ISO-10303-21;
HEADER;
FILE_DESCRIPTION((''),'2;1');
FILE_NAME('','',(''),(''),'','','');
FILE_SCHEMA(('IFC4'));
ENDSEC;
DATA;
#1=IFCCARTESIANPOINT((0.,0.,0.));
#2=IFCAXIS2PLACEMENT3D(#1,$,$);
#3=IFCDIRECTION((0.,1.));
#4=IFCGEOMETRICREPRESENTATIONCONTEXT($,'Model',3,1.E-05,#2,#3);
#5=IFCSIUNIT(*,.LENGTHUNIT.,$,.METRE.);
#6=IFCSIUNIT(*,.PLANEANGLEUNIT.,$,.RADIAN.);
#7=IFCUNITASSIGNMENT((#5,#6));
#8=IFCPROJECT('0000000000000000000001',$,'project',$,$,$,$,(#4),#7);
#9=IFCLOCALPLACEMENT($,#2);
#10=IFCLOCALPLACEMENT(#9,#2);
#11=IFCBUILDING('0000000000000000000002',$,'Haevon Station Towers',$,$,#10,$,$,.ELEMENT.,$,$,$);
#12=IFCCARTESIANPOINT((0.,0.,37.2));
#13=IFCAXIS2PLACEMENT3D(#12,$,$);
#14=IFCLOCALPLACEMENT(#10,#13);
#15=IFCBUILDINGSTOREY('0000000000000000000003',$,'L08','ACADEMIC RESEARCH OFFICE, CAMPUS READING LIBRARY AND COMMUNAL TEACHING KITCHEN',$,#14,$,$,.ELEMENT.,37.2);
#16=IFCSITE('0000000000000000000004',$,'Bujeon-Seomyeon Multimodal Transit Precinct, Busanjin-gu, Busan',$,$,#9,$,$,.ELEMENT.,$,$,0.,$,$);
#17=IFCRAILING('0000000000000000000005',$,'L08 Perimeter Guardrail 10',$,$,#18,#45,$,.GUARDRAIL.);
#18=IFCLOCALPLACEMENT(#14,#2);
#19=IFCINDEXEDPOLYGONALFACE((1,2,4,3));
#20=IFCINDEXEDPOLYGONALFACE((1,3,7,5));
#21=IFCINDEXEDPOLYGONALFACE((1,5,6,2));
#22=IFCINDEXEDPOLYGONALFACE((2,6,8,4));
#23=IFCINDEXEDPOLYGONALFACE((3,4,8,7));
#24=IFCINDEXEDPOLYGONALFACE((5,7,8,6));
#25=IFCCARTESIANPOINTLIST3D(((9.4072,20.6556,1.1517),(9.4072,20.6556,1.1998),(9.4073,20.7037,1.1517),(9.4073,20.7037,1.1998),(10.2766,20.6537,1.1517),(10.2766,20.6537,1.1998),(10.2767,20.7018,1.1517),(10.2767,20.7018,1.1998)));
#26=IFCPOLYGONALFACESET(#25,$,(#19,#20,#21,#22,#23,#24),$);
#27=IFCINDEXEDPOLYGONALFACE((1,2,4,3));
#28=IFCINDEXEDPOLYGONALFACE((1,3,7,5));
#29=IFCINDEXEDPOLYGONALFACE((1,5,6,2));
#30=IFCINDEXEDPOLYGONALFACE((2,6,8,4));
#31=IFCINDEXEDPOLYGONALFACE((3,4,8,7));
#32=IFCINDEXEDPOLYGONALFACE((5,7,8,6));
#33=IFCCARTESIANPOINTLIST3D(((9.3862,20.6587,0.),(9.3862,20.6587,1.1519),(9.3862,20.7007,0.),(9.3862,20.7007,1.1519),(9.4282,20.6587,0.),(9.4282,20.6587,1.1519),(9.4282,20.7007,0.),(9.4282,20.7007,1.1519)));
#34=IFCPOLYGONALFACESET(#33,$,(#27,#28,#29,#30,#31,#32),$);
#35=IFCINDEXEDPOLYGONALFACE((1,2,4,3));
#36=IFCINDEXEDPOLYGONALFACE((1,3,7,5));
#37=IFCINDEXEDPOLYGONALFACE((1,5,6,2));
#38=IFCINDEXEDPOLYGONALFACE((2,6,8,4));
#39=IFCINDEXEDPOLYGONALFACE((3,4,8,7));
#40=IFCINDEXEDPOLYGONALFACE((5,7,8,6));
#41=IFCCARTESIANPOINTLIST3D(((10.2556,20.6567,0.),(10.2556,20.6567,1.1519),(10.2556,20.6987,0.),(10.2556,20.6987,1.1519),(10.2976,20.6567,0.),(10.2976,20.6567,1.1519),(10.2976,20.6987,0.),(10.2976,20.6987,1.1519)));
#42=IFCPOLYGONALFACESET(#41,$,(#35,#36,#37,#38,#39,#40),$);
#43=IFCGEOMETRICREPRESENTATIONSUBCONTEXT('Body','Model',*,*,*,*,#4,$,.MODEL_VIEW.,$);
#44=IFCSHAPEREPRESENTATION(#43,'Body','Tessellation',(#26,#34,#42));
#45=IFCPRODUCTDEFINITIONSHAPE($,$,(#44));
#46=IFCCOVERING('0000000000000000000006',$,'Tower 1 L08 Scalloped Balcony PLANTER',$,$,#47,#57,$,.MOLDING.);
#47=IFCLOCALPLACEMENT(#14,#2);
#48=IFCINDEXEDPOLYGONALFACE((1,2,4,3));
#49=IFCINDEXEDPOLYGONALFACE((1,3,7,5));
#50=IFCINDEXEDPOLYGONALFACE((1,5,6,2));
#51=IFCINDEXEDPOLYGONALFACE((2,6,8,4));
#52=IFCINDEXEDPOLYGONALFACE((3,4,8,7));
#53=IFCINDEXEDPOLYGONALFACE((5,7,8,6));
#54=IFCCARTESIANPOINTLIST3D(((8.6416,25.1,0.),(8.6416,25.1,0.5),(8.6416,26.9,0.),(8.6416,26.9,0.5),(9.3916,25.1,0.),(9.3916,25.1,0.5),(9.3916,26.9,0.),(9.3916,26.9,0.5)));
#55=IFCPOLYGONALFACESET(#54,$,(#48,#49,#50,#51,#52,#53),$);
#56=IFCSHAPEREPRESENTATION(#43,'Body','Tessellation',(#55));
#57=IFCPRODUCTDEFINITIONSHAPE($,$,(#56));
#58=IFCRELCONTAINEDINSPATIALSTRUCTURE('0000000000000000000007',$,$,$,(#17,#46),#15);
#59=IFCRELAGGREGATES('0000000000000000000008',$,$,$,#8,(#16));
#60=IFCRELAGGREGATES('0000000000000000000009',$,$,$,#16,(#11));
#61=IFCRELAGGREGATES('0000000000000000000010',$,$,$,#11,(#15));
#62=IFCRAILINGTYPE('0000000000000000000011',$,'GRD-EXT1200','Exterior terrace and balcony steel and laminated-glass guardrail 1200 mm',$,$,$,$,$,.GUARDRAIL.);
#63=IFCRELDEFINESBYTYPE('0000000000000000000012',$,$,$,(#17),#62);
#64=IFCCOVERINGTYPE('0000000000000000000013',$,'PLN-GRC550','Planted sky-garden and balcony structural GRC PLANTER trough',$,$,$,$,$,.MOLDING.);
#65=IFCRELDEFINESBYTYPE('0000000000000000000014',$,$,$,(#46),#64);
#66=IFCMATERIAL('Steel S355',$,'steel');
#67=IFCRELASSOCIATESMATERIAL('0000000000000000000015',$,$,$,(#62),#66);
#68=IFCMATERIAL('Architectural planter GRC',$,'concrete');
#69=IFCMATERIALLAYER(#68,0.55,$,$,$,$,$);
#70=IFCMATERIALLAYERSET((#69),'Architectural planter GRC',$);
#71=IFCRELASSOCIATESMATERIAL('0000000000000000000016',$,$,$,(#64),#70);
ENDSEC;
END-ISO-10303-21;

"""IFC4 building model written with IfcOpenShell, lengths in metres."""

from ifc_helpers import new_model, si_unit, direction, frame, origin, origin_2d, place, context, subcontext, project, spatial, rectangle, extrude, material, layer, layer_set, type_object, element, save


model = new_model("IFC4")

# Units and contexts
model_context = context("Model", 3, precision=1e-05, world=origin(), true_north=direction((0.0, 1.0)))
body_context = subcontext(model_context, "Body", "Model", "MODEL_VIEW")
ifc_project = project(units=[si_unit("LENGTHUNIT", "METRE"), si_unit("PLANEANGLEUNIT", "RADIAN")], contexts=[model_context])

# Site, building, storey
site_placement = place(None, origin())
site = spatial("IfcSite", under=ifc_project, at=site_placement, Name="Bujeon-Seomyeon Multimodal Transit Precinct, Busanjin-gu, Busan", CompositionType="ELEMENT", RefElevation=0.0)
building_placement = place(site_placement, origin())
building = spatial("IfcBuilding", under=site, at=building_placement, Name="Haevon Station Towers", CompositionType="ELEMENT")
storey_placement = place(building_placement, frame((0.0, 0.0, 37.2)))
storey = spatial("IfcBuildingStorey", under=building, at=storey_placement, Name="L08", Description="ACADEMIC RESEARCH OFFICE, CAMPUS READING LIBRARY AND COMMUNAL TEACHING KITCHEN", CompositionType="ELEMENT", Elevation=37.2)

# Shared definitions
ifc_material_1 = material(Name="Steel S355", Category="steel")

# Railing
railing_type = type_object("IfcRailingType", Name="GRD-EXT1200", Description="Exterior terrace and balcony steel and laminated-glass guardrail 1200 mm", PredefinedType="GUARDRAIL", material=ifc_material_1)
railing_1_placement = place(storey_placement, frame((9.4072, 20.6797, 0.0)))
element("IfcRailing", 1, at=railing_1_placement, inside=storey, type_object=railing_type, Name="L08 Perimeter Guardrail 10", PredefinedType="GUARDRAIL", context=body_context, shape_type="SweptSolid", body=[
    extrude(rectangle(XDim=0.0481, YDim=0.0481, at=origin_2d()), frame((0.0, 0.0, 1.1758), z_axis=(0.999997, -0.002247, 0.0), x_axis=(0.002247, 0.999997, 0.0)), (0.0, 0.0, 1.0), 0.8694),
    extrude(rectangle(XDim=0.042, YDim=0.042, at=origin_2d()), origin(), (0.0, 0.0, 1.0), 1.1519),
    extrude(rectangle(XDim=0.042, YDim=0.042, at=origin_2d()), frame((0.8694, -0.002, 0.0)), (0.0, 0.0, 1.0), 1.1519),
])

# Covering
ifc_material_2 = material(Name="Architectural planter GRC", Category="concrete")
ifc_layer_1 = layer(ifc_material_2, 0.55)
ifc_layer_set_1 = layer_set([ifc_layer_1], Name="Architectural planter GRC")
covering_type = type_object("IfcCoveringType", Name="PLN-GRC550", Description="Planted sky-garden and balcony structural GRC PLANTER trough", PredefinedType="MOLDING", material=ifc_layer_set_1)
covering_placement = place(storey_placement, frame((9.0166, 26.0, 0.0), z_axis=(0.0, 0.0, 1.0), x_axis=(1.0, 0.0, 0.0)))
element("IfcCovering", 2, at=covering_placement, inside=storey, type_object=covering_type, Name="Tower 1 L08 Scalloped Balcony PLANTER", PredefinedType="MOLDING", context=body_context, shape_type="SweptSolid", body=[
    extrude(rectangle(XDim=0.75, YDim=1.8, at=origin_2d()), origin(), (0.0, 0.0, 1.0), 0.5),
])

save(model, "model.ifc")
